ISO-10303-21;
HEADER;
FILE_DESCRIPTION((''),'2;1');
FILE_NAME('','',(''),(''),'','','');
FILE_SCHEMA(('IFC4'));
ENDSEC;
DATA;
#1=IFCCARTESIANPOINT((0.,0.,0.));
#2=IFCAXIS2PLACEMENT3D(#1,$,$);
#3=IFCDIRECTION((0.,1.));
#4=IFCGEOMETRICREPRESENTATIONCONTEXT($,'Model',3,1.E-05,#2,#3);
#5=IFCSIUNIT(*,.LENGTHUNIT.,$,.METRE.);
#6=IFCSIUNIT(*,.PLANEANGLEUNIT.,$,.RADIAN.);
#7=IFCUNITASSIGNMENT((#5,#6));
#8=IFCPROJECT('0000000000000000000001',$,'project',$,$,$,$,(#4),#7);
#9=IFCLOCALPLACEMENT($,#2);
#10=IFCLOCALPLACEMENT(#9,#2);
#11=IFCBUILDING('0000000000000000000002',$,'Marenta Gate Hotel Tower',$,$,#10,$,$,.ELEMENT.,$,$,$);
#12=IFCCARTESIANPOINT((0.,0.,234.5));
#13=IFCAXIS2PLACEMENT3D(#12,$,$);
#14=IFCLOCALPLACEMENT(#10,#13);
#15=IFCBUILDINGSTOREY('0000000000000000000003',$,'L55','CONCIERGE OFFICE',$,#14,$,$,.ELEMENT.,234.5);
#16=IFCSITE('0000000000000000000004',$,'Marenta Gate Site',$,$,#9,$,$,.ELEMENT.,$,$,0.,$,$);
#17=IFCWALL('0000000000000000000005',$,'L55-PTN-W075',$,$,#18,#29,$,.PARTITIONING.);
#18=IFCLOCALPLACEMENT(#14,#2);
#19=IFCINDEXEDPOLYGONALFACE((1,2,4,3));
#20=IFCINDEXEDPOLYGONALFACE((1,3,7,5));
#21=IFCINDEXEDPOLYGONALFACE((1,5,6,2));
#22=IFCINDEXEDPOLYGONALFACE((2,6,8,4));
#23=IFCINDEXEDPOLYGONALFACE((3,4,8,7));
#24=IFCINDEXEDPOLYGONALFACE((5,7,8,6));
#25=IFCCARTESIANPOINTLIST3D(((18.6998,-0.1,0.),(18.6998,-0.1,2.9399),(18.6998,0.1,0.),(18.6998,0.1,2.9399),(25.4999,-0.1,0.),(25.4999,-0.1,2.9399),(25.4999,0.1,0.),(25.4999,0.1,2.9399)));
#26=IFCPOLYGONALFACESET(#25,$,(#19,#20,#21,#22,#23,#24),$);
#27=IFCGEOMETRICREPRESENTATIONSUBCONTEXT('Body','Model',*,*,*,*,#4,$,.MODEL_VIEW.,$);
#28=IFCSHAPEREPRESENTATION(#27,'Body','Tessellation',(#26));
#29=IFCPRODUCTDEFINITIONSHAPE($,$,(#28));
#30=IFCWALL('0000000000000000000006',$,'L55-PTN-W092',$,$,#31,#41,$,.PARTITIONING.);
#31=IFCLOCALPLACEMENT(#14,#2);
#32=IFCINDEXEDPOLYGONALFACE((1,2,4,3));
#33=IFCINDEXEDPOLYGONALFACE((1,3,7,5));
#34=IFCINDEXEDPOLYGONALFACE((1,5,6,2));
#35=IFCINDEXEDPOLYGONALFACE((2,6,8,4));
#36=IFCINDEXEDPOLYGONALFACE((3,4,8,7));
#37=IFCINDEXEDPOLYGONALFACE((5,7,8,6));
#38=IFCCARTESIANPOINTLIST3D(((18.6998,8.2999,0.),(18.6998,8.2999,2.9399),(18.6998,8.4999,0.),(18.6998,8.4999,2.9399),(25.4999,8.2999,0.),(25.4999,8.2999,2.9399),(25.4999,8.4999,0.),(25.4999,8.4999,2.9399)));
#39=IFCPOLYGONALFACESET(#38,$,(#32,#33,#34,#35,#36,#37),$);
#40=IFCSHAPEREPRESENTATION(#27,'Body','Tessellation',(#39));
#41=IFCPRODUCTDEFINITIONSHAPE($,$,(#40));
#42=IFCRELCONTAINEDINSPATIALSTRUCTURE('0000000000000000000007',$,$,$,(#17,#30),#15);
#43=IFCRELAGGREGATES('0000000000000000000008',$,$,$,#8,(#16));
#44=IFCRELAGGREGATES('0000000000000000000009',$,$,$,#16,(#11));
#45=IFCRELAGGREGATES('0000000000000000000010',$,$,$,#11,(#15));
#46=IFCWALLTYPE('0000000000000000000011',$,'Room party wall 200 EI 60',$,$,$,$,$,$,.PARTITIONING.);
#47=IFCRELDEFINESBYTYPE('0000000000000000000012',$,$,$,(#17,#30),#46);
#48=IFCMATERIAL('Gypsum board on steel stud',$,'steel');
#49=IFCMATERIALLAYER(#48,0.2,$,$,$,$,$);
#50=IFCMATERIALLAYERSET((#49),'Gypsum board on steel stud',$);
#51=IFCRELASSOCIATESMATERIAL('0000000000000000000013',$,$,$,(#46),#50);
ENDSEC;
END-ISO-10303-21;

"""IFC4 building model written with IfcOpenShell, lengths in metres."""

from ifc_helpers import new_model, si_unit, direction, frame, frame_2d, origin, place, context, subcontext, project, spatial, rectangle, extrude, material, layer, layer_set, type_object, element, save


model = new_model("IFC4")

# Units and contexts
model_context = context("Model", 3, precision=1e-05, world=origin(), true_north=direction((0.0, 1.0)))
body_context = subcontext(model_context, "Body", "Model", "MODEL_VIEW")
ifc_project = project(units=[si_unit("LENGTHUNIT", "METRE"), si_unit("PLANEANGLEUNIT", "RADIAN")], contexts=[model_context])

# Site, building, storey
site_placement = place(None, origin())
site = spatial("IfcSite", under=ifc_project, at=site_placement, Name="Marenta Gate Site", CompositionType="ELEMENT", RefElevation=0.0)
building_placement = place(site_placement, origin())
building = spatial("IfcBuilding", under=site, at=building_placement, Name="Marenta Gate Hotel Tower", CompositionType="ELEMENT")
storey_placement = place(building_placement, frame((0.0, 0.0, 234.5)))
storey = spatial("IfcBuildingStorey", under=building, at=storey_placement, Name="L55", Description="CONCIERGE OFFICE", CompositionType="ELEMENT", Elevation=234.5)

# Walls
ifc_material_1 = material(Name="Gypsum board on steel stud", Category="steel")
ifc_layer_1 = layer(ifc_material_1, 0.2)
ifc_layer_set_1 = layer_set([ifc_layer_1], Name="Gypsum board on steel stud")
wall_type_1 = type_object("IfcWallType", Name="Room party wall 200 EI 60", PredefinedType="PARTITIONING", material=ifc_layer_set_1)
for number, where, z_axis, x_axis, name in (
    (1, (18.7, 0.0, 0.0), (0.0, 0.0, 1.0), (1.0, 0.0, 0.0), "L55-PTN-W075"),
    (2, (18.7, 8.3999, 0.0), (0.0, 0.0, 1.0), (1.0, 0.0, 0.0), "L55-PTN-W092"),
):
    element("IfcWall", number, at=place(storey_placement, frame(where, z_axis=z_axis, x_axis=x_axis)), inside=storey, type_object=wall_type_1, Name=name, PredefinedType="PARTITIONING", context=body_context, shape_type="SweptSolid", body=[
        extrude(rectangle(XDim=6.8, YDim=0.2, at=frame_2d((3.3999, 0.0))), origin(), (0.0, 0.0, 1.0), 2.9399),
    ])

save(model, "model.ifc")
